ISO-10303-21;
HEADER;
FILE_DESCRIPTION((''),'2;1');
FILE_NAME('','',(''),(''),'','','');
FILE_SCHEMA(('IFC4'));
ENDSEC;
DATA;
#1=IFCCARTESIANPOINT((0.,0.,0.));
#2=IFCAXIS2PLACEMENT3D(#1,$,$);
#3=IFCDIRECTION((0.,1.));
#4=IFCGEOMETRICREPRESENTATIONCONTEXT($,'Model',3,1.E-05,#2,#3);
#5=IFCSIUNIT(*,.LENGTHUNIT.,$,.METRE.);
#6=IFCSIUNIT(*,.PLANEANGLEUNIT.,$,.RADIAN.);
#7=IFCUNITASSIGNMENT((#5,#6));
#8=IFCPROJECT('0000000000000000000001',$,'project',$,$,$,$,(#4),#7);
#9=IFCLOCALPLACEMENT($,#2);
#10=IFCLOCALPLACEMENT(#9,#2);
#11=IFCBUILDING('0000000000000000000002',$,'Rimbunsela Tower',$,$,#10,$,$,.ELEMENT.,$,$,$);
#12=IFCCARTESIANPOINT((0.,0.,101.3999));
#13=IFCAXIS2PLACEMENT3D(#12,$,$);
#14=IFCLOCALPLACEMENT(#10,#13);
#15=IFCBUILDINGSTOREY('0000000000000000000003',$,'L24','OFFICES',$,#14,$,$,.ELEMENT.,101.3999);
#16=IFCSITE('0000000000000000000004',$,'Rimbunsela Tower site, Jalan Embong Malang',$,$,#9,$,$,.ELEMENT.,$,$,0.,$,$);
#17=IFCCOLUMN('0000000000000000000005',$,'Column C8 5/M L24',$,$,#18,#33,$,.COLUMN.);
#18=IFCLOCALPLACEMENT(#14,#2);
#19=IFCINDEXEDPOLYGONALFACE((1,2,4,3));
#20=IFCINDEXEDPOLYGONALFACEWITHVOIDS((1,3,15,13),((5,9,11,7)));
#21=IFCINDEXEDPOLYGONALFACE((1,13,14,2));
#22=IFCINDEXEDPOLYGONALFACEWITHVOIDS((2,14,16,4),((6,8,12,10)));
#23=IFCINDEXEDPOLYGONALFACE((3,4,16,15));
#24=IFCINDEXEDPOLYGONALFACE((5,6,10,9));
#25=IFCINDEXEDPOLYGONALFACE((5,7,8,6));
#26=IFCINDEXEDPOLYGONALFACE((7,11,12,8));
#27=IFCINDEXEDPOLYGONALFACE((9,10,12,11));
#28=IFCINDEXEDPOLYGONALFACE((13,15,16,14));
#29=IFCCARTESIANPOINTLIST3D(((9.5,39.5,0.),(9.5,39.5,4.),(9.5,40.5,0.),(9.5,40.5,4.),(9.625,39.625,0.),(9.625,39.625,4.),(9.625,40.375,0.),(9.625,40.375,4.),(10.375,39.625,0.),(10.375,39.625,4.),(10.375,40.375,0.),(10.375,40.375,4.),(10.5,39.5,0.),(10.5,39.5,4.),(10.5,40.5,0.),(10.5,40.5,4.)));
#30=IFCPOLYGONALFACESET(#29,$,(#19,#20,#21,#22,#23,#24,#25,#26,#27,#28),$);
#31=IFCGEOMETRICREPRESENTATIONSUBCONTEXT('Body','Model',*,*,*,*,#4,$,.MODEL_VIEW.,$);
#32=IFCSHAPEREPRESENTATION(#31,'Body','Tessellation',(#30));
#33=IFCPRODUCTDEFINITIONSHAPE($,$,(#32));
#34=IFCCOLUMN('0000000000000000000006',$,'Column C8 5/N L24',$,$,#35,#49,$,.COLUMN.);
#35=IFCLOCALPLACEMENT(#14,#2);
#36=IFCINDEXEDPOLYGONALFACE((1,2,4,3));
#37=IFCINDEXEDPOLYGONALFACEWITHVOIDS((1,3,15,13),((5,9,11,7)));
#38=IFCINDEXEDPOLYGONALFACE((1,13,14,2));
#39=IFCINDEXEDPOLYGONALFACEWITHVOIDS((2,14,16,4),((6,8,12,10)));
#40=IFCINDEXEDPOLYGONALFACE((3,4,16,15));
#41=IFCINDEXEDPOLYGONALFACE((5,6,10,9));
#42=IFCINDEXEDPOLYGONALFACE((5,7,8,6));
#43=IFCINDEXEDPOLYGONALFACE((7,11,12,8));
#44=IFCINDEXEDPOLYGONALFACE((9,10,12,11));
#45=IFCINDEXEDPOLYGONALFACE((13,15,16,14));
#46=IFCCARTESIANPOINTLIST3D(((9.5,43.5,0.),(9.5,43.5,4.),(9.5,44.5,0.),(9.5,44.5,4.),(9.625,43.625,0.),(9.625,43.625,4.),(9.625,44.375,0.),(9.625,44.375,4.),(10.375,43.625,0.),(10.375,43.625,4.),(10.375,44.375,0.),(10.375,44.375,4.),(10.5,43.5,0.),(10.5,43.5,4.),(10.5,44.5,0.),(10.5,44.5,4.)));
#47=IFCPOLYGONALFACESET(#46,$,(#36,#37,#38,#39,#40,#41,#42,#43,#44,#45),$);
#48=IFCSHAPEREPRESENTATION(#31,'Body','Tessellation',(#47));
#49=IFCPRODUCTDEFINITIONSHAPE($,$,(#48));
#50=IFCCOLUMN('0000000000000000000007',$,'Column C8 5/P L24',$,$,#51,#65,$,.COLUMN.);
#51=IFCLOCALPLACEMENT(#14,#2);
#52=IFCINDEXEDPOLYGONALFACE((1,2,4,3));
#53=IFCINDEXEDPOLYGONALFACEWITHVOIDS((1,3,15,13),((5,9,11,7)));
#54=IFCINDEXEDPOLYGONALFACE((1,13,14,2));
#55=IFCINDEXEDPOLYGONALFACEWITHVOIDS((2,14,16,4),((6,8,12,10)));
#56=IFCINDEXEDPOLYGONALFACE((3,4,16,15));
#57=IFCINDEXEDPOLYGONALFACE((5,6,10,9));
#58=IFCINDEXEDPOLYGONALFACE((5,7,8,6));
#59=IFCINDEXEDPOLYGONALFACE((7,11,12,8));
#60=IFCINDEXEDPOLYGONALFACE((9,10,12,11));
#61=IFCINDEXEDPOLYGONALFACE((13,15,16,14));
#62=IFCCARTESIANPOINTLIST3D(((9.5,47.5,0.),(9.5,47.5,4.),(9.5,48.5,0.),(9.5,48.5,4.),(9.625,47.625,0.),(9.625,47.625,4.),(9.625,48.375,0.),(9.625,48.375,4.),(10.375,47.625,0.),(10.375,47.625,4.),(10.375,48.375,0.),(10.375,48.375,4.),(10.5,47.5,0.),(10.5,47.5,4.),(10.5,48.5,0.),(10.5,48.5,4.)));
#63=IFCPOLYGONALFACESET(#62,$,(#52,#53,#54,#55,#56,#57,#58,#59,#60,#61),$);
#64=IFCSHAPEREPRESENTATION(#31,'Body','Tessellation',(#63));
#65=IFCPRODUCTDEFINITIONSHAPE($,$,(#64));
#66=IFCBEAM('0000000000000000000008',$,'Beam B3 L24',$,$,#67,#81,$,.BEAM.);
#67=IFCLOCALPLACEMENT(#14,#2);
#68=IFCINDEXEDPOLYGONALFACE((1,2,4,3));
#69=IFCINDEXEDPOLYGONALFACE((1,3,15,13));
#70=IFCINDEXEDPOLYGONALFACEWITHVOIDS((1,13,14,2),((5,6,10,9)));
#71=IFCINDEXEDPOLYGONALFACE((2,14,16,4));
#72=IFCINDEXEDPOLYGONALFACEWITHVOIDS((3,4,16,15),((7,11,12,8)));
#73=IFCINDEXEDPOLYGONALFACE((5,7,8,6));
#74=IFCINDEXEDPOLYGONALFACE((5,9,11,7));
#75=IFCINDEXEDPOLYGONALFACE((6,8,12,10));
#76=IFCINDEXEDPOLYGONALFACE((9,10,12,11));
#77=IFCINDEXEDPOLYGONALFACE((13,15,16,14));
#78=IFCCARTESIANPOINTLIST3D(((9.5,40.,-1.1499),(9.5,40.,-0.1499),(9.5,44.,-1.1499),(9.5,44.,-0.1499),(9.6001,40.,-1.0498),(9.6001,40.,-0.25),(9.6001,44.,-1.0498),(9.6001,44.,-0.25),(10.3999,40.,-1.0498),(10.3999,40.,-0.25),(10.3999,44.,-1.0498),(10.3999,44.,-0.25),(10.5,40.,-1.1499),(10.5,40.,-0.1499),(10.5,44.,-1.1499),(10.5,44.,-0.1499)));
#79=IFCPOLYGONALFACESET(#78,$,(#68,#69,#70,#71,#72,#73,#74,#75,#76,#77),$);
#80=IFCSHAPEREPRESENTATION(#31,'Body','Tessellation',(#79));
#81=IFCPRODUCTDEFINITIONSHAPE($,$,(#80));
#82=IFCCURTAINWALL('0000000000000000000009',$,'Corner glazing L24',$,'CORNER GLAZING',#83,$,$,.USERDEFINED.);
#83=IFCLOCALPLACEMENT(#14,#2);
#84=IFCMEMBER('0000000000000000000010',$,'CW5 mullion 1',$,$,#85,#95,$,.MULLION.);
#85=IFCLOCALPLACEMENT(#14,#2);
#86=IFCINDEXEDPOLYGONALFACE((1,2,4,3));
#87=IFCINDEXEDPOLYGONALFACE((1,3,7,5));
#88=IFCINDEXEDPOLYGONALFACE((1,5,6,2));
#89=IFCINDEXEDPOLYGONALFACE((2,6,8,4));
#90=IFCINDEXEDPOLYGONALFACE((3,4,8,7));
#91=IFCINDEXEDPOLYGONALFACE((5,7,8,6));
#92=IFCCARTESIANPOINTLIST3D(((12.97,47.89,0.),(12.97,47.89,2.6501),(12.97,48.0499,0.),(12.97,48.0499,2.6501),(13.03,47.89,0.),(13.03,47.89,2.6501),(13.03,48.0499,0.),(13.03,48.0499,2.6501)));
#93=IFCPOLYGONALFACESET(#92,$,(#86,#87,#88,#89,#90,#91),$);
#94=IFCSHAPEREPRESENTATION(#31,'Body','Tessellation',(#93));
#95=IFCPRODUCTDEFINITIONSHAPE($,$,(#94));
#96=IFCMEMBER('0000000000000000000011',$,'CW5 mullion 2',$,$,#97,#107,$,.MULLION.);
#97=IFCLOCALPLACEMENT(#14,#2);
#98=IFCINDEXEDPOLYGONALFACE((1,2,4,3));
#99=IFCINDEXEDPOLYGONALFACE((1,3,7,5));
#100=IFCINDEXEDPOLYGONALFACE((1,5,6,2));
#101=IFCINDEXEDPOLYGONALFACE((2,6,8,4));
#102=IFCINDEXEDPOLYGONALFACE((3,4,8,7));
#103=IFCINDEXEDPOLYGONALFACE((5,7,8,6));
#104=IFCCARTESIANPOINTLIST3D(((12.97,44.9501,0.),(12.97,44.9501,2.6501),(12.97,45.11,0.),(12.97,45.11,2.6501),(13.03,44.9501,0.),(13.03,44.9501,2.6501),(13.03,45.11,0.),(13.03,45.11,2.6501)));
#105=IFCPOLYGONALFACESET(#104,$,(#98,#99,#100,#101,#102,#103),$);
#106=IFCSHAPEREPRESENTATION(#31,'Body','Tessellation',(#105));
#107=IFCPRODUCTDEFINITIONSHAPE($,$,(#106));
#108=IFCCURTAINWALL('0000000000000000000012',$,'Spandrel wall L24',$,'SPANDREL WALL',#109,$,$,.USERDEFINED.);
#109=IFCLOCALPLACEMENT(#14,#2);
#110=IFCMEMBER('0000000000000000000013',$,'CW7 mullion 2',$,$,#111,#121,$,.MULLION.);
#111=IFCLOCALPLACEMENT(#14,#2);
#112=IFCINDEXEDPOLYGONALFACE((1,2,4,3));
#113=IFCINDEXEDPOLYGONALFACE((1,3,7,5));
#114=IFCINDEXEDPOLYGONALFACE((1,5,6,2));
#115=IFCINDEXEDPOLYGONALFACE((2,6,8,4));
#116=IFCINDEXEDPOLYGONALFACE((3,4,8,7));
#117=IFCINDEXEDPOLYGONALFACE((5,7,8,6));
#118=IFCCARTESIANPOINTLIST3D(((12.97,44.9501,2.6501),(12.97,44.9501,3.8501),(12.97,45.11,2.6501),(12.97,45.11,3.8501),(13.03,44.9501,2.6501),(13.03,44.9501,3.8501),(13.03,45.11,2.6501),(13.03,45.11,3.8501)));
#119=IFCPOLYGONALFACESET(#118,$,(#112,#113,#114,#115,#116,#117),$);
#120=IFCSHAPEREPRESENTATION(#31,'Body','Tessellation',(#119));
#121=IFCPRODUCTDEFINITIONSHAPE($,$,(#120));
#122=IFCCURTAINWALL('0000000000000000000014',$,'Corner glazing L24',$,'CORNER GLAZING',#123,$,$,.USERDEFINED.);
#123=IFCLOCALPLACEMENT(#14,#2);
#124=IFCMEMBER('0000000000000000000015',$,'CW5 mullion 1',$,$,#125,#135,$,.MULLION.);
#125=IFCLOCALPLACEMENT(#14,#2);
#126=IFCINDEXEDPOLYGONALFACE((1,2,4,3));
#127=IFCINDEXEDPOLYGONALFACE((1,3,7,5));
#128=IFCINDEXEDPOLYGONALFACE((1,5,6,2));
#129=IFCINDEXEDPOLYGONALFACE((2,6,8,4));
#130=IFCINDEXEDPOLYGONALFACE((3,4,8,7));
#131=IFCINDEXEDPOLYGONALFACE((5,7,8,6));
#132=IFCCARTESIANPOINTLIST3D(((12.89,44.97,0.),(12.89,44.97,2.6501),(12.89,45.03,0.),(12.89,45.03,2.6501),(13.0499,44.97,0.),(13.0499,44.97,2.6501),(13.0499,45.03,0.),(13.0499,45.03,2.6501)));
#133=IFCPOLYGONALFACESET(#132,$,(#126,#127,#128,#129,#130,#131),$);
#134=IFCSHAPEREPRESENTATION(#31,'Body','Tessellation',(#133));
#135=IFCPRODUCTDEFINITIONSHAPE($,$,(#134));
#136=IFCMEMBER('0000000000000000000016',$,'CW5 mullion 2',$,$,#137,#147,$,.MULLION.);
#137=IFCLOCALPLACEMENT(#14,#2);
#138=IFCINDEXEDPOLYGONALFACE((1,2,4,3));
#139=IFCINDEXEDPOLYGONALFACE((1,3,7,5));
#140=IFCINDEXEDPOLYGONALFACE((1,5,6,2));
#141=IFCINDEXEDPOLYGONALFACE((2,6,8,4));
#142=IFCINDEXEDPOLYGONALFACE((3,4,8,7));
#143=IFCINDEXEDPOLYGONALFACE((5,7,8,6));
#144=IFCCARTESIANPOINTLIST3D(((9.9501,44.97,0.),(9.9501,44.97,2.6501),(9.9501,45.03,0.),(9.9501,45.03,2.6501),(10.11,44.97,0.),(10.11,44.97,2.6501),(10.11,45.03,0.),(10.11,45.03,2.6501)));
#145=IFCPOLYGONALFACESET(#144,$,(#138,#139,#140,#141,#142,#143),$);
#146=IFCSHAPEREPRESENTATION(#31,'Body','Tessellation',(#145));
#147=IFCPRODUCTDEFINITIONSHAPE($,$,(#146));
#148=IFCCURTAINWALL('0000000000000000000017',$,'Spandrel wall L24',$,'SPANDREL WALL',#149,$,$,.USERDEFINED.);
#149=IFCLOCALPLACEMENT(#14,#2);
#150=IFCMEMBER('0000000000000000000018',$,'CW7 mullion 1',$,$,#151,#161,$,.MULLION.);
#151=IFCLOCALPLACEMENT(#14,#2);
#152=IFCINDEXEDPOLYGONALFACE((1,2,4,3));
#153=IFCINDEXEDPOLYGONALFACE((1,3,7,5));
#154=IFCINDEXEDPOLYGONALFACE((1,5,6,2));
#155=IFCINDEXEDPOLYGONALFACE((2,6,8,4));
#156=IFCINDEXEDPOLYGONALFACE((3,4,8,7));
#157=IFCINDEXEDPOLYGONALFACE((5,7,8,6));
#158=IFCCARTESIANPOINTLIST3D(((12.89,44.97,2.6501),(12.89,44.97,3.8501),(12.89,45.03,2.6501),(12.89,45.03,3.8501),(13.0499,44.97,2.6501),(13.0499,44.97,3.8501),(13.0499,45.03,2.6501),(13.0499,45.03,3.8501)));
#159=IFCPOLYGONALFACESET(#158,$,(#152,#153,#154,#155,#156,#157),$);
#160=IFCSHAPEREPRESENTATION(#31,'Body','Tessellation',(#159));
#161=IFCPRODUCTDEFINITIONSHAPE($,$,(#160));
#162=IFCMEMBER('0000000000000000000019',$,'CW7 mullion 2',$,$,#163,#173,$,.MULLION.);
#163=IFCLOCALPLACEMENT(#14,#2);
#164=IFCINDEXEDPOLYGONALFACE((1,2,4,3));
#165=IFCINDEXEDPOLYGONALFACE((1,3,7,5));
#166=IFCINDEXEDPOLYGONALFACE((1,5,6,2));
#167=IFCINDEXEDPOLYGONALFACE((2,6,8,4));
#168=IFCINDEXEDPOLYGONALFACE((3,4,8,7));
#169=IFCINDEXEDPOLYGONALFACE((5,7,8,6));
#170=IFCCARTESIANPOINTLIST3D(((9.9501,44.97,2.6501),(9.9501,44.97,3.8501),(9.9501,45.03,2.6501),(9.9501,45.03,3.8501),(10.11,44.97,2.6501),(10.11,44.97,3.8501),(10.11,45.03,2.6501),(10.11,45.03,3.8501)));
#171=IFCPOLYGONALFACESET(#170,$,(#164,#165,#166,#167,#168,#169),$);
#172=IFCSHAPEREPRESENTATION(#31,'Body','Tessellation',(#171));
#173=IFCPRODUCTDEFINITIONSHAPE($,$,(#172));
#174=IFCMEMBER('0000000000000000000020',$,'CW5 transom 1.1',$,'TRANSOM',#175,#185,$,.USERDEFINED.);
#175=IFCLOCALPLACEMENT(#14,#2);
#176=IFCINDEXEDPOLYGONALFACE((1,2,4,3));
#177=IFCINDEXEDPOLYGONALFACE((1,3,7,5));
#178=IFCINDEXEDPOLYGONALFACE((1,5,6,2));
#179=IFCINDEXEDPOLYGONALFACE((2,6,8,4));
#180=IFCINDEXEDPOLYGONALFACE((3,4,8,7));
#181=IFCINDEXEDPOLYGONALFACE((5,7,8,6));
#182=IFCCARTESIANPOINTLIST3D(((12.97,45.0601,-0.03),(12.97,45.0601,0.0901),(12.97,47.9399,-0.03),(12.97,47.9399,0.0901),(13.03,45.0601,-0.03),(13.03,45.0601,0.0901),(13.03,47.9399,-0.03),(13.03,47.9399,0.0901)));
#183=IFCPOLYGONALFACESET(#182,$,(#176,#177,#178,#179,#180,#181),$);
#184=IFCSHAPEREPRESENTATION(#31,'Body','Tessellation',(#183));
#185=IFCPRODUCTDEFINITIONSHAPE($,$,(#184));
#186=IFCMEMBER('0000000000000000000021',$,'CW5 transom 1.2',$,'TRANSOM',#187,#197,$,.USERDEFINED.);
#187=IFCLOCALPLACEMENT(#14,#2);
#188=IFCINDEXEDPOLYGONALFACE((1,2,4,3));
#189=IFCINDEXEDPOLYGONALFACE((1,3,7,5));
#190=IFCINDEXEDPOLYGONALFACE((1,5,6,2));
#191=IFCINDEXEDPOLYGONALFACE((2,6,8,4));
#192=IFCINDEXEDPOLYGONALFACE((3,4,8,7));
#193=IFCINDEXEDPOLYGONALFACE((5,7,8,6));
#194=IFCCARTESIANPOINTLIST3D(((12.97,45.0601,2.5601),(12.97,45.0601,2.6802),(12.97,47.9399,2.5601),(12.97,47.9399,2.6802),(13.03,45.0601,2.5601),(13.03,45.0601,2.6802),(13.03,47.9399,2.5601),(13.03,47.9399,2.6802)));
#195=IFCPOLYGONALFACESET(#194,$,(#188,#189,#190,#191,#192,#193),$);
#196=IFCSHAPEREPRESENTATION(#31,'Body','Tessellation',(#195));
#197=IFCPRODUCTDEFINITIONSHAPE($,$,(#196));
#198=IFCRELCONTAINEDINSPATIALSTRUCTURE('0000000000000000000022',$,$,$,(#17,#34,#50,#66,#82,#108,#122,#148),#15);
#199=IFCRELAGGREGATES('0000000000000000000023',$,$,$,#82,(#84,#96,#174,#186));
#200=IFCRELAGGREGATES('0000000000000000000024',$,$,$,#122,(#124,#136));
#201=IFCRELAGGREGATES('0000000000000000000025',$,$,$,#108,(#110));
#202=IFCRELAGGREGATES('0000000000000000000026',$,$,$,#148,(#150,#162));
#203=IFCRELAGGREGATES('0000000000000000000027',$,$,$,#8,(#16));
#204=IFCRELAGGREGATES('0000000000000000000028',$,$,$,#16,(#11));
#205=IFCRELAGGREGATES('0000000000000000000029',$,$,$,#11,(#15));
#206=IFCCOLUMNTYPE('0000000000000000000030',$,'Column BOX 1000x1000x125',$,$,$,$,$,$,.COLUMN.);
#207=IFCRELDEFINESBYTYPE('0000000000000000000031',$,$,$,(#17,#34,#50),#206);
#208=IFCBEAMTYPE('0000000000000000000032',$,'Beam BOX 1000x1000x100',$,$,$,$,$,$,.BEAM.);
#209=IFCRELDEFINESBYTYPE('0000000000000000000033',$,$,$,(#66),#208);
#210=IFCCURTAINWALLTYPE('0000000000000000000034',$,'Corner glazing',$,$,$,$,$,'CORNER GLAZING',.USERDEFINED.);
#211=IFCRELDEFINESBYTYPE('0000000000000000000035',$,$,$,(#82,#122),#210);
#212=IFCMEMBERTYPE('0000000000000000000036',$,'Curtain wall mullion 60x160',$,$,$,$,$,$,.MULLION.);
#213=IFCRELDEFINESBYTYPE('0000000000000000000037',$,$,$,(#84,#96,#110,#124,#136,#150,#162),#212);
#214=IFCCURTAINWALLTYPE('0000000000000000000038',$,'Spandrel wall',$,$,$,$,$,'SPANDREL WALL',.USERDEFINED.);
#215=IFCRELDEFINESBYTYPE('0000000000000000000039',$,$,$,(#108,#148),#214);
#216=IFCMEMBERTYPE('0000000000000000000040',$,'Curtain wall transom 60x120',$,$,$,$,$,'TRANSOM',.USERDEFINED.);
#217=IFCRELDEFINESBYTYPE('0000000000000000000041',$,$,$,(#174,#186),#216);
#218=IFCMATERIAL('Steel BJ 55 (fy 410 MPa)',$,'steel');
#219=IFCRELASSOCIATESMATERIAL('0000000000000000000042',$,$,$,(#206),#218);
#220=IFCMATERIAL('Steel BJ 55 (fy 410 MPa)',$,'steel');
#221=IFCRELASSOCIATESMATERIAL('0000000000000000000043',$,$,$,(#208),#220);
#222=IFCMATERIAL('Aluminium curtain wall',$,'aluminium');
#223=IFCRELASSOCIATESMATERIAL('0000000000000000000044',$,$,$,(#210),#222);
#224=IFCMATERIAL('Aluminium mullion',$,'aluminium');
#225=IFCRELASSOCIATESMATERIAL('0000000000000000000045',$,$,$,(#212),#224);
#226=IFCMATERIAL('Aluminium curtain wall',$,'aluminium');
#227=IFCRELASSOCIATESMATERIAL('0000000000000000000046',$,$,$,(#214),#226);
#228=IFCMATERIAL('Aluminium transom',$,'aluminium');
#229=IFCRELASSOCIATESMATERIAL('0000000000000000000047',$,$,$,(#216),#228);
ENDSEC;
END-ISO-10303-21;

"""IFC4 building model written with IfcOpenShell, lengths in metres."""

from ifc_helpers import new_model, si_unit, direction, frame, origin, origin_2d, place, context, subcontext, project, spatial, rectangle, hollow_rectangle, extrude, material, material_profile, profile_set, type_object, element, aggregate, save


model = new_model("IFC4")

# Units and contexts
model_context = context("Model", 3, precision=1e-05, world=origin(), true_north=direction((0.0, 1.0)))
body_context = subcontext(model_context, "Body", "Model", "MODEL_VIEW")
ifc_project = project(units=[si_unit("LENGTHUNIT", "METRE"), si_unit("PLANEANGLEUNIT", "RADIAN")], contexts=[model_context])

# Site, building, storey
site_placement = place(None, origin())
site = spatial("IfcSite", under=ifc_project, at=site_placement, Name="Rimbunsela Tower site, Jalan Embong Malang", CompositionType="ELEMENT", RefElevation=0.0)
building_placement = place(site_placement, origin())
building = spatial("IfcBuilding", under=site, at=building_placement, Name="Rimbunsela Tower", CompositionType="ELEMENT")
storey_placement = place(building_placement, frame((0.0, 0.0, 101.3999)))
storey = spatial("IfcBuildingStorey", under=building, at=storey_placement, Name="L24", Description="OFFICES", CompositionType="ELEMENT", Elevation=101.3999)

# Columns
ifc_material_1 = material(Name="Steel BJ 55 (fy 410 MPa)", Category="steel")
ifc_material_profile_1 = material_profile(ifc_material_1, hollow_rectangle(XDim=1.0, YDim=1.0, WallThickness=0.125, at=origin_2d()), Name="BOX 1000x1000x125")
ifc_profile_set_1 = profile_set([ifc_material_profile_1], Name="Steel BJ 55 (fy 410 MPa)")
column_type = type_object("IfcColumnType", Name="Column BOX 1000x1000x125", PredefinedType="COLUMN", material=ifc_profile_set_1)
for number, where, z_axis, x_axis, name in (
    (1, (10.0, 40.0, 0.0), (0.0, 0.0, 1.0), (1.0, 0.0, 0.0), "Column C8 5/M L24"),
    (2, (10.0, 44.0, 0.0), (0.0, 0.0, 1.0), (1.0, 0.0, 0.0), "Column C8 5/N L24"),
    (3, (10.0, 48.0, 0.0), (0.0, 0.0, 1.0), (1.0, 0.0, 0.0), "Column C8 5/P L24"),
):
    element("IfcColumn", number, at=place(storey_placement, frame(where, z_axis=z_axis, x_axis=x_axis)), inside=storey, type_object=column_type, Name=name, PredefinedType="COLUMN", context=body_context, shape_type="SweptSolid", body=[
        extrude(hollow_rectangle(XDim=1.0, YDim=1.0, WallThickness=0.125, at=origin_2d()), origin(), (0.0, 0.0, 1.0), 4.0),
    ])

# Beam
ifc_material_2 = material(Name="Steel BJ 55 (fy 410 MPa)", Category="steel")
ifc_material_profile_2 = material_profile(ifc_material_2, hollow_rectangle(XDim=1.0, YDim=1.0, WallThickness=0.1001, at=origin_2d()), Name="BOX 1000x1000x100")
ifc_profile_set_2 = profile_set([ifc_material_profile_2], Name="Steel BJ 55 (fy 410 MPa)")
beam_type = type_object("IfcBeamType", Name="Beam BOX 1000x1000x100", PredefinedType="BEAM", material=ifc_profile_set_2)
beam_placement = place(storey_placement, frame((10.0, 40.0, -0.6499), z_axis=(0.0, 1.0, 0.0), x_axis=(-1.0, 0.0, 0.0)))
element("IfcBeam", 4, at=beam_placement, inside=storey, type_object=beam_type, Name="Beam B3 L24", PredefinedType="BEAM", context=body_context, shape_type="SweptSolid", body=[
    extrude(hollow_rectangle(XDim=1.0, YDim=1.0, WallThickness=0.1001, at=origin_2d()), origin(), (0.0, 0.0, 1.0), 4.0),
])

# Curtain wall, members
ifc_material_3 = material(Name="Aluminium curtain wall", Category="aluminium")
curtain_wall_type_1 = type_object("IfcCurtainWallType", Name="Corner glazing", ElementType="CORNER GLAZING", PredefinedType="USERDEFINED", material=ifc_material_3)
curtain_wall_1_placement = place(storey_placement, origin())
curtain_wall_1 = element("IfcCurtainWall", 5, at=curtain_wall_1_placement, inside=storey, type_object=curtain_wall_type_1, Name="Corner glazing L24", ObjectType="CORNER GLAZING", PredefinedType="USERDEFINED")
ifc_material_4 = material(Name="Aluminium mullion", Category="aluminium")
ifc_material_profile_3 = material_profile(ifc_material_4, rectangle(XDim=0.0601, YDim=0.1599, at=origin_2d()), Name="Mullion 60x160")
ifc_profile_set_3 = profile_set([ifc_material_profile_3], Name="Aluminium mullion")
member_type_1 = type_object("IfcMemberType", Name="Curtain wall mullion 60x160", PredefinedType="MULLION", material=ifc_profile_set_3)
member_1_placement = place(storey_placement, frame((13.0, 47.97, 0.0), z_axis=(0.0, 0.0, 1.0), x_axis=(1.0, 0.0, 0.0)))
member_1 = element("IfcMember", 6, at=member_1_placement, type_object=member_type_1, Name="CW5 mullion 1", PredefinedType="MULLION", context=body_context, shape_type="SweptSolid", body=[
    extrude(rectangle(XDim=0.0601, YDim=0.1599, at=origin_2d()), origin(), (0.0, 0.0, 1.0), 2.6501),
])
member_2_placement = place(storey_placement, frame((13.0, 45.03, 0.0), z_axis=(0.0, 0.0, 1.0), x_axis=(1.0, 0.0, 0.0)))
member_2 = element("IfcMember", 7, at=member_2_placement, type_object=member_type_1, Name="CW5 mullion 2", PredefinedType="MULLION", context=body_context, shape_type="SweptSolid", body=[
    extrude(rectangle(XDim=0.0601, YDim=0.1599, at=origin_2d()), origin(), (0.0, 0.0, 1.0), 2.6501),
])

# Curtain wall, member
ifc_material_5 = material(Name="Aluminium curtain wall", Category="aluminium")
curtain_wall_type_2 = type_object("IfcCurtainWallType", Name="Spandrel wall", ElementType="SPANDREL WALL", PredefinedType="USERDEFINED", material=ifc_material_5)
curtain_wall_2_placement = place(storey_placement, origin())
curtain_wall_2 = element("IfcCurtainWall", 8, at=curtain_wall_2_placement, inside=storey, type_object=curtain_wall_type_2, Name="Spandrel wall L24", ObjectType="SPANDREL WALL", PredefinedType="USERDEFINED")
member_3_placement = place(storey_placement, frame((13.0, 45.03, 2.6501), z_axis=(0.0, 0.0, 1.0), x_axis=(1.0, 0.0, 0.0)))
member_3 = element("IfcMember", 9, at=member_3_placement, type_object=member_type_1, Name="CW7 mullion 2", PredefinedType="MULLION", context=body_context, shape_type="SweptSolid", body=[
    extrude(rectangle(XDim=0.0601, YDim=0.1599, at=origin_2d()), origin(), (0.0, 0.0, 1.0), 1.2),
])

# Curtain walls, members
curtain_wall_3_placement = place(storey_placement, origin())
curtain_wall_3 = element("IfcCurtainWall", 10, at=curtain_wall_3_placement, inside=storey, type_object=curtain_wall_type_1, Name="Corner glazing L24", ObjectType="CORNER GLAZING", PredefinedType="USERDEFINED")
member_4_placement = place(storey_placement, frame((12.97, 45.0, 0.0), z_axis=(0.0, 0.0, 1.0), x_axis=(0.0, -1.0, 0.0)))
member_4 = element("IfcMember", 11, at=member_4_placement, type_object=member_type_1, Name="CW5 mullion 1", PredefinedType="MULLION", context=body_context, shape_type="SweptSolid", body=[
    extrude(rectangle(XDim=0.0601, YDim=0.1599, at=origin_2d()), origin(), (0.0, 0.0, 1.0), 2.6501),
])
member_5_placement = place(storey_placement, frame((10.03, 45.0, 0.0), z_axis=(0.0, 0.0, 1.0), x_axis=(0.0, -1.0, 0.0)))
member_5 = element("IfcMember", 12, at=member_5_placement, type_object=member_type_1, Name="CW5 mullion 2", PredefinedType="MULLION", context=body_context, shape_type="SweptSolid", body=[
    extrude(rectangle(XDim=0.0601, YDim=0.1599, at=origin_2d()), origin(), (0.0, 0.0, 1.0), 2.6501),
])
curtain_wall_4_placement = place(storey_placement, origin())
curtain_wall_4 = element("IfcCurtainWall", 13, at=curtain_wall_4_placement, inside=storey, type_object=curtain_wall_type_2, Name="Spandrel wall L24", ObjectType="SPANDREL WALL", PredefinedType="USERDEFINED")
member_6_placement = place(storey_placement, frame((12.97, 45.0, 2.6501), z_axis=(0.0, 0.0, 1.0), x_axis=(0.0, -1.0, 0.0)))
member_6 = element("IfcMember", 14, at=member_6_placement, type_object=member_type_1, Name="CW7 mullion 1", PredefinedType="MULLION", context=body_context, shape_type="SweptSolid", body=[
    extrude(rectangle(XDim=0.0601, YDim=0.1599, at=origin_2d()), origin(), (0.0, 0.0, 1.0), 1.2),
])
member_7_placement = place(storey_placement, frame((10.03, 45.0, 2.6501), z_axis=(0.0, 0.0, 1.0), x_axis=(0.0, -1.0, 0.0)))
member_7 = element("IfcMember", 15, at=member_7_placement, type_object=member_type_1, Name="CW7 mullion 2", PredefinedType="MULLION", context=body_context, shape_type="SweptSolid", body=[
    extrude(rectangle(XDim=0.0601, YDim=0.1599, at=origin_2d()), origin(), (0.0, 0.0, 1.0), 1.2),
])

# Members
ifc_material_6 = material(Name="Aluminium transom", Category="aluminium")
ifc_material_profile_4 = material_profile(ifc_material_6, rectangle(XDim=0.0601, YDim=0.1201, at=origin_2d()), Name="Transom 60x120")
ifc_profile_set_4 = profile_set([ifc_material_profile_4], Name="Aluminium transom")
member_type_2 = type_object("IfcMemberType", Name="Curtain wall transom 60x120", ElementType="TRANSOM", PredefinedType="USERDEFINED", material=ifc_profile_set_4)
member_8_placement = place(storey_placement, frame((13.0, 47.9399, 0.03), z_axis=(0.0, -1.0, 0.0), x_axis=(1.0, 0.0, 0.0)))
member_8 = element("IfcMember", 16, at=member_8_placement, type_object=member_type_2, Name="CW5 transom 1.1", ObjectType="TRANSOM", PredefinedType="USERDEFINED", context=body_context, shape_type="SweptSolid", body=[
    extrude(rectangle(XDim=0.0601, YDim=0.1201, at=origin_2d()), origin(), (0.0, 0.0, 1.0), 2.8799),
])
member_9_placement = place(storey_placement, frame((13.0, 47.9399, 2.6201), z_axis=(0.0, -1.0, 0.0), x_axis=(1.0, 0.0, 0.0)))
member_9 = element("IfcMember", 17, at=member_9_placement, type_object=member_type_2, Name="CW5 transom 1.2", ObjectType="TRANSOM", PredefinedType="USERDEFINED", context=body_context, shape_type="SweptSolid", body=[
    extrude(rectangle(XDim=0.0601, YDim=0.1201, at=origin_2d()), origin(), (0.0, 0.0, 1.0), 2.8799),
])

aggregate(curtain_wall_1, [member_1, member_2, member_8, member_9])
aggregate(curtain_wall_3, [member_4, member_5])
aggregate(curtain_wall_2, [member_3])
aggregate(curtain_wall_4, [member_6, member_7])

save(model, "model.ifc")
